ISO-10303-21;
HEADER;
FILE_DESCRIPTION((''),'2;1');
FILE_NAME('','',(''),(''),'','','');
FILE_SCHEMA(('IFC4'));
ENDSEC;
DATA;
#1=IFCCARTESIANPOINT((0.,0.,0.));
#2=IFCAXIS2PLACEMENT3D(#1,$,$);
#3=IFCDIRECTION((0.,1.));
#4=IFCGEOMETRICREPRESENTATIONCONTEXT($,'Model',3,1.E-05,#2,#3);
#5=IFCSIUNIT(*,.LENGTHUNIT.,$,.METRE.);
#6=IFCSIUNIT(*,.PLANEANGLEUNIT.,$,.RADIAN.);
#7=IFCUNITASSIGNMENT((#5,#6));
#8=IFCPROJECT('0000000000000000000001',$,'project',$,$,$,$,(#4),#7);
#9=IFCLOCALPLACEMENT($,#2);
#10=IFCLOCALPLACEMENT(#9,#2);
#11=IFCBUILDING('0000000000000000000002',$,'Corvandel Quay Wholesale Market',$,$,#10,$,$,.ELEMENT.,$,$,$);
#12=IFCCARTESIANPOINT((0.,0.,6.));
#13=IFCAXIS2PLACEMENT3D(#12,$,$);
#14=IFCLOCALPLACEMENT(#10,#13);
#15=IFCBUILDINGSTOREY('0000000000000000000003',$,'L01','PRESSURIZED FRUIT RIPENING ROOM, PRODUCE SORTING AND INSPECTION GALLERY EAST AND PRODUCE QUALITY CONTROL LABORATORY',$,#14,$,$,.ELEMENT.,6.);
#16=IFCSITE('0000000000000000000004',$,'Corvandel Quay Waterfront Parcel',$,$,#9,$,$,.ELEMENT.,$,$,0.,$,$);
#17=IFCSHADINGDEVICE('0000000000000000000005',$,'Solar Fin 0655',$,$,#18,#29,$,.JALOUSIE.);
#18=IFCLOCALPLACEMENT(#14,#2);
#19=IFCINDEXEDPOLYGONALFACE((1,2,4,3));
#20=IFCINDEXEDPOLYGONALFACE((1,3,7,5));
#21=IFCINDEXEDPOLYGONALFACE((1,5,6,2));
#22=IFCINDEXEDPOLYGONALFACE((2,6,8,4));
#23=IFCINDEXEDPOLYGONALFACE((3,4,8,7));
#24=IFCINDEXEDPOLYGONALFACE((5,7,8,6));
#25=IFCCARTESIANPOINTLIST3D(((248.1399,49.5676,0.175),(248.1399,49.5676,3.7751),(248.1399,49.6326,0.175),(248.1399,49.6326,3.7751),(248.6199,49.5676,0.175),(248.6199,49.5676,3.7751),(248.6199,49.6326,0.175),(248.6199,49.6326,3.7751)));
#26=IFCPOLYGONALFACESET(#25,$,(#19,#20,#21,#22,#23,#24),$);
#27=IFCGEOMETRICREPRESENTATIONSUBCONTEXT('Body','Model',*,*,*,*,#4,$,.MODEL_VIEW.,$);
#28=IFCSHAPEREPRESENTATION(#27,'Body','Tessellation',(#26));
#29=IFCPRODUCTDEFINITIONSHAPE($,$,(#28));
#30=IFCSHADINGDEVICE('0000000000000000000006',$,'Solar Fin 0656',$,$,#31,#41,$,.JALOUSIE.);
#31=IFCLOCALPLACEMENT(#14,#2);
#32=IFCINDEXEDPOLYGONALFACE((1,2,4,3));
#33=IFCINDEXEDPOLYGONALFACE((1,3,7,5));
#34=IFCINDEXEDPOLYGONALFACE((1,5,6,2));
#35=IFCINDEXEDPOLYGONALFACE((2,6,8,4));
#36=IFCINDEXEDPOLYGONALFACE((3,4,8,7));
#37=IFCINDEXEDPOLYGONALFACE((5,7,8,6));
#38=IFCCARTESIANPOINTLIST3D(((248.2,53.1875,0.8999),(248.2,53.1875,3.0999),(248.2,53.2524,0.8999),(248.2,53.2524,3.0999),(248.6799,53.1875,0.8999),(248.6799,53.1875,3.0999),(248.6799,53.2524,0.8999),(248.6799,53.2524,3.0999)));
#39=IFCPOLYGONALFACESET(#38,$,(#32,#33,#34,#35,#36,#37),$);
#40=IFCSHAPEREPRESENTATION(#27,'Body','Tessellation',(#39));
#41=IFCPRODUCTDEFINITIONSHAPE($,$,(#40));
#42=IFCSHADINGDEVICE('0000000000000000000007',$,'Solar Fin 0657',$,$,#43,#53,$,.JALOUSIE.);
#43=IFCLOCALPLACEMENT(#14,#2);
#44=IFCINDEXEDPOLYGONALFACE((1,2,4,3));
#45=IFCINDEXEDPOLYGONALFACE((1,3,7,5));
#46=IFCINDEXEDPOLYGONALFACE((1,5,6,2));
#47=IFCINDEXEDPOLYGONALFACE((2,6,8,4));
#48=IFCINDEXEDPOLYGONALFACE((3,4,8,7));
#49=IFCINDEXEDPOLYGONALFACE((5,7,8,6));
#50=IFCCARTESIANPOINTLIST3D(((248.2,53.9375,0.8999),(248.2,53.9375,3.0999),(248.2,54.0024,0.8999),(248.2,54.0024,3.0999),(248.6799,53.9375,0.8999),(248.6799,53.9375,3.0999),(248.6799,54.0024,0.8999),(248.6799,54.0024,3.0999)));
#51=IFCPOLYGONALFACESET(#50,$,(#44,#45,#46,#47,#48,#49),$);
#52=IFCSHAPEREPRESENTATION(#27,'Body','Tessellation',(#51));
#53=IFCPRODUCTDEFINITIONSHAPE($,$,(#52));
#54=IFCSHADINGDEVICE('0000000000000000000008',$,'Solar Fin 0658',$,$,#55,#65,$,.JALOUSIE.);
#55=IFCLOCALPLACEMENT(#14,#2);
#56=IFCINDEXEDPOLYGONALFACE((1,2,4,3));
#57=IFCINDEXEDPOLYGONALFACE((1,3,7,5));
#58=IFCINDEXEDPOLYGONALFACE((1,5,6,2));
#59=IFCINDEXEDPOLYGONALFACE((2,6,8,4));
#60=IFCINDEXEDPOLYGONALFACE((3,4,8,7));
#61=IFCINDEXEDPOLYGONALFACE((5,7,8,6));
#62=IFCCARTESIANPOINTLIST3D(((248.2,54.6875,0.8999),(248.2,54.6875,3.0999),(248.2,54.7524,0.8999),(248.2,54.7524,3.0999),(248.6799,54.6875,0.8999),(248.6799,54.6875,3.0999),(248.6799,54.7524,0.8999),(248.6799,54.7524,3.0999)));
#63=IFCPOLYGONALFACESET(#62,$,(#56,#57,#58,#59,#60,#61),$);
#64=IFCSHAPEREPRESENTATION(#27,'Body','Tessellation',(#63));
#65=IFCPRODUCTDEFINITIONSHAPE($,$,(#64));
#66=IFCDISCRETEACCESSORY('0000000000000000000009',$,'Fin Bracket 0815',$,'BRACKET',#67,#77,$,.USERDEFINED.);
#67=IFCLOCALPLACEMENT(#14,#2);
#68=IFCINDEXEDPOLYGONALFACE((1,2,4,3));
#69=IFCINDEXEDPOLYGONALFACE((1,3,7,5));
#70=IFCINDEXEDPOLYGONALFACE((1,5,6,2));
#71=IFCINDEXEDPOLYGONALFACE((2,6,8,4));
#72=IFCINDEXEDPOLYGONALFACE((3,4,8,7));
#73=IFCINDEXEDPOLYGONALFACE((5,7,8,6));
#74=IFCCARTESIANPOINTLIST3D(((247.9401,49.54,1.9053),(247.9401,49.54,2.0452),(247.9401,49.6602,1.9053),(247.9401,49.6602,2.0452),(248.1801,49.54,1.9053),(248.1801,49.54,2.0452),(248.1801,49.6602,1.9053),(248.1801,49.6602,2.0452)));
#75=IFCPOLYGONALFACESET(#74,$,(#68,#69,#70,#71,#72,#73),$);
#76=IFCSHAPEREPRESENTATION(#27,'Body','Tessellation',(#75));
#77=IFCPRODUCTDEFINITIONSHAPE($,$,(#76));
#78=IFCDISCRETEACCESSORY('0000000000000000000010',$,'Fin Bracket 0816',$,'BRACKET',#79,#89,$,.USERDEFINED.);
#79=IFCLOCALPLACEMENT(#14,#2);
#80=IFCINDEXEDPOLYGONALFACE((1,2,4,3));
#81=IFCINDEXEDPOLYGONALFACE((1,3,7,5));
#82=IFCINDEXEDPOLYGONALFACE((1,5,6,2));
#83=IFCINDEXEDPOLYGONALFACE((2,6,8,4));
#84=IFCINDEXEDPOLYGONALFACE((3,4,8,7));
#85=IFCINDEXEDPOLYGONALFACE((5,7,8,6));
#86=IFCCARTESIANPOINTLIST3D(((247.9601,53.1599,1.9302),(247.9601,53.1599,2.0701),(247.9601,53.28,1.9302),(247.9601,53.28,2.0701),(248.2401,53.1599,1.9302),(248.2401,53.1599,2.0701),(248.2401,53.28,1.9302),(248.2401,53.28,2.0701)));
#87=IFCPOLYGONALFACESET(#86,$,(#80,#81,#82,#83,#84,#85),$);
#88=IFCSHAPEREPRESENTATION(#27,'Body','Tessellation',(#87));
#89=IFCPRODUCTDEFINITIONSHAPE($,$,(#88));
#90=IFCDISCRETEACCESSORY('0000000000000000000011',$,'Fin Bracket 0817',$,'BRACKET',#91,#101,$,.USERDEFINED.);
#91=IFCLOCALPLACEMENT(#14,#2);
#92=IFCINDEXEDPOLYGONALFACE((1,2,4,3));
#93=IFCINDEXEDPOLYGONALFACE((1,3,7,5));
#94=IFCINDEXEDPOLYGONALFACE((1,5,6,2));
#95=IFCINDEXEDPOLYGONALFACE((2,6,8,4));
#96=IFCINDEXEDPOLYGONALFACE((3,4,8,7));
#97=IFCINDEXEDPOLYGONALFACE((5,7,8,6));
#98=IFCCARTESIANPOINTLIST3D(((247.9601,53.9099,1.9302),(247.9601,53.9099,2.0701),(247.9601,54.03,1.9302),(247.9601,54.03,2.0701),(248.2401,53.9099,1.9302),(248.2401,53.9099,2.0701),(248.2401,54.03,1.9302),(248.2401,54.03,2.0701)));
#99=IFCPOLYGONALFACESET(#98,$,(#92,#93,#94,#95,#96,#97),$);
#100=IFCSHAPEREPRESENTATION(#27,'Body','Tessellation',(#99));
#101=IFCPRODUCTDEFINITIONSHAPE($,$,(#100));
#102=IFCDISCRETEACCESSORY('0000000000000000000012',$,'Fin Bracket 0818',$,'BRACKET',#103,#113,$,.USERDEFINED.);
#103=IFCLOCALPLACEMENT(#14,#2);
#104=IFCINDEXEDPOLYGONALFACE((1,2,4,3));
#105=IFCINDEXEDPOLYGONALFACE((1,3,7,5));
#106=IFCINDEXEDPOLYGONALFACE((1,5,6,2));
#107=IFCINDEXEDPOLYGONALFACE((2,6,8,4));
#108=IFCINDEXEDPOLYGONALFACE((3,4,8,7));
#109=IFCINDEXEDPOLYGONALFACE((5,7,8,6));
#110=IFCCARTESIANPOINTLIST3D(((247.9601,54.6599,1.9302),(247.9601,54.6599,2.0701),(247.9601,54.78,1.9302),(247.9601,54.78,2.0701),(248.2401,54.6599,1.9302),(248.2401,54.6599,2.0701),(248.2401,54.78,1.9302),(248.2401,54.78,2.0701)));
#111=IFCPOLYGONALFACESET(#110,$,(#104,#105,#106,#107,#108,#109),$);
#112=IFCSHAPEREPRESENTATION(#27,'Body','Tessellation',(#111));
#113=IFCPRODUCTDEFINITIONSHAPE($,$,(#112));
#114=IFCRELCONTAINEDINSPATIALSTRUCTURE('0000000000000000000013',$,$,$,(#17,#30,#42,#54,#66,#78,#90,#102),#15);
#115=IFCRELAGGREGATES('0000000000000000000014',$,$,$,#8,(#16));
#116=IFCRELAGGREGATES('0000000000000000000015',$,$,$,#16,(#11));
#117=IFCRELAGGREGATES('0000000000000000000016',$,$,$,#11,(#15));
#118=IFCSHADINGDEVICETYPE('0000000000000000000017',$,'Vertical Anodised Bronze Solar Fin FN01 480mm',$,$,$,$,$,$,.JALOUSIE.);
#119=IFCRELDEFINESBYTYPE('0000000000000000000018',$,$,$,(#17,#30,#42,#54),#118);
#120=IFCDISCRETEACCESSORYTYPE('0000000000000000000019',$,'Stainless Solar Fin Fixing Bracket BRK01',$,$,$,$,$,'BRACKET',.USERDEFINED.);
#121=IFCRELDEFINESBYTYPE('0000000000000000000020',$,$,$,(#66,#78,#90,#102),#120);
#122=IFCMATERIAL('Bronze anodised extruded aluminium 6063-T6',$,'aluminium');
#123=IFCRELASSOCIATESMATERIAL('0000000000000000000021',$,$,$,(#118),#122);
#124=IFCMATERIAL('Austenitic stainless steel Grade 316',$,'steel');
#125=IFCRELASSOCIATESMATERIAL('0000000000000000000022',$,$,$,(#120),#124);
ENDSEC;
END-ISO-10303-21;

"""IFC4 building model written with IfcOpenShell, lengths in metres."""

from ifc_helpers import new_model, si_unit, direction, frame, origin, origin_2d, place, context, subcontext, project, spatial, rectangle, extrude, material, type_object, element, save


model = new_model("IFC4")

# Units and contexts
model_context = context("Model", 3, precision=1e-05, world=origin(), true_north=direction((0.0, 1.0)))
body_context = subcontext(model_context, "Body", "Model", "MODEL_VIEW")
ifc_project = project(units=[si_unit("LENGTHUNIT", "METRE"), si_unit("PLANEANGLEUNIT", "RADIAN")], contexts=[model_context])

# Site, building, storey
site_placement = place(None, origin())
site = spatial("IfcSite", under=ifc_project, at=site_placement, Name="Corvandel Quay Waterfront Parcel", CompositionType="ELEMENT", RefElevation=0.0)
building_placement = place(site_placement, origin())
building = spatial("IfcBuilding", under=site, at=building_placement, Name="Corvandel Quay Wholesale Market", CompositionType="ELEMENT")
storey_placement = place(building_placement, frame((0.0, 0.0, 6.0)))
storey = spatial("IfcBuildingStorey", under=building, at=storey_placement, Name="L01", Description="PRESSURIZED FRUIT RIPENING ROOM, PRODUCE SORTING AND INSPECTION GALLERY EAST AND PRODUCE QUALITY CONTROL LABORATORY", CompositionType="ELEMENT", Elevation=6.0)

# Shading devices
ifc_material_1 = material(Name="Bronze anodised extruded aluminium 6063-T6", Category="aluminium")
shading_device_type = type_object("IfcShadingDeviceType", Name="Vertical Anodised Bronze Solar Fin FN01 480mm", PredefinedType="JALOUSIE", material=ifc_material_1)
shading_device_placement = place(storey_placement, frame((248.3799, 49.6001, 0.175), z_axis=(0.0, 0.0, 1.0), x_axis=(1.0, 0.0, 0.0)))
element("IfcShadingDevice", 1, at=shading_device_placement, inside=storey, type_object=shading_device_type, Name="Solar Fin 0655", PredefinedType="JALOUSIE", context=body_context, shape_type="SweptSolid", body=[
    extrude(rectangle(XDim=0.48, YDim=0.0649, at=origin_2d()), origin(), (0.0, 0.0, 1.0), 3.6001),
])
for number, where, z_axis, x_axis, name in (
    (2, (248.4399, 53.22, 0.8999), (0.0, 0.0, 1.0), (1.0, 0.0, 0.0), "Solar Fin 0656"),
    (3, (248.4399, 53.97, 0.8999), (0.0, 0.0, 1.0), (1.0, 0.0, 0.0), "Solar Fin 0657"),
    (4, (248.4399, 54.72, 0.8999), (0.0, 0.0, 1.0), (1.0, 0.0, 0.0), "Solar Fin 0658"),
):
    element("IfcShadingDevice", number, at=place(storey_placement, frame(where, z_axis=z_axis, x_axis=x_axis)), inside=storey, type_object=shading_device_type, Name=name, PredefinedType="JALOUSIE", context=body_context, shape_type="SweptSolid", body=[
        extrude(rectangle(XDim=0.48, YDim=0.0649, at=origin_2d()), origin(), (0.0, 0.0, 1.0), 2.2),
    ])

# Discrete accessories
ifc_material_2 = material(Name="Austenitic stainless steel Grade 316", Category="steel")
discrete_accessory_type = type_object("IfcDiscreteAccessoryType", Name="Stainless Solar Fin Fixing Bracket BRK01", ElementType="BRACKET", PredefinedType="USERDEFINED", material=ifc_material_2)
discrete_accessory_placement = place(storey_placement, frame((248.0601, 49.6001, 1.9053), z_axis=(0.0, 0.0, 1.0), x_axis=(1.0, 0.0, 0.0)))
element("IfcDiscreteAccessory", 5, at=discrete_accessory_placement, inside=storey, type_object=discrete_accessory_type, Name="Fin Bracket 0815", ObjectType="BRACKET", PredefinedType="USERDEFINED", context=body_context, shape_type="SweptSolid", body=[
    extrude(rectangle(XDim=0.24, YDim=0.1201, at=origin_2d()), origin(), (0.0, 0.0, 1.0), 0.1399),
])
for number, where, z_axis, x_axis, name in (
    (6, (248.1001, 53.22, 1.9302), (0.0, 0.0, 1.0), (1.0, 0.0, 0.0), "Fin Bracket 0816"),
    (7, (248.1001, 53.97, 1.9302), (0.0, 0.0, 1.0), (1.0, 0.0, 0.0), "Fin Bracket 0817"),
    (8, (248.1001, 54.72, 1.9302), (0.0, 0.0, 1.0), (1.0, 0.0, 0.0), "Fin Bracket 0818"),
):
    element("IfcDiscreteAccessory", number, at=place(storey_placement, frame(where, z_axis=z_axis, x_axis=x_axis)), inside=storey, type_object=discrete_accessory_type, Name=name, ObjectType="BRACKET", PredefinedType="USERDEFINED", context=body_context, shape_type="SweptSolid", body=[
        extrude(rectangle(XDim=0.28, YDim=0.1201, at=origin_2d()), origin(), (0.0, 0.0, 1.0), 0.1399),
    ])

save(model, "model.ifc")
